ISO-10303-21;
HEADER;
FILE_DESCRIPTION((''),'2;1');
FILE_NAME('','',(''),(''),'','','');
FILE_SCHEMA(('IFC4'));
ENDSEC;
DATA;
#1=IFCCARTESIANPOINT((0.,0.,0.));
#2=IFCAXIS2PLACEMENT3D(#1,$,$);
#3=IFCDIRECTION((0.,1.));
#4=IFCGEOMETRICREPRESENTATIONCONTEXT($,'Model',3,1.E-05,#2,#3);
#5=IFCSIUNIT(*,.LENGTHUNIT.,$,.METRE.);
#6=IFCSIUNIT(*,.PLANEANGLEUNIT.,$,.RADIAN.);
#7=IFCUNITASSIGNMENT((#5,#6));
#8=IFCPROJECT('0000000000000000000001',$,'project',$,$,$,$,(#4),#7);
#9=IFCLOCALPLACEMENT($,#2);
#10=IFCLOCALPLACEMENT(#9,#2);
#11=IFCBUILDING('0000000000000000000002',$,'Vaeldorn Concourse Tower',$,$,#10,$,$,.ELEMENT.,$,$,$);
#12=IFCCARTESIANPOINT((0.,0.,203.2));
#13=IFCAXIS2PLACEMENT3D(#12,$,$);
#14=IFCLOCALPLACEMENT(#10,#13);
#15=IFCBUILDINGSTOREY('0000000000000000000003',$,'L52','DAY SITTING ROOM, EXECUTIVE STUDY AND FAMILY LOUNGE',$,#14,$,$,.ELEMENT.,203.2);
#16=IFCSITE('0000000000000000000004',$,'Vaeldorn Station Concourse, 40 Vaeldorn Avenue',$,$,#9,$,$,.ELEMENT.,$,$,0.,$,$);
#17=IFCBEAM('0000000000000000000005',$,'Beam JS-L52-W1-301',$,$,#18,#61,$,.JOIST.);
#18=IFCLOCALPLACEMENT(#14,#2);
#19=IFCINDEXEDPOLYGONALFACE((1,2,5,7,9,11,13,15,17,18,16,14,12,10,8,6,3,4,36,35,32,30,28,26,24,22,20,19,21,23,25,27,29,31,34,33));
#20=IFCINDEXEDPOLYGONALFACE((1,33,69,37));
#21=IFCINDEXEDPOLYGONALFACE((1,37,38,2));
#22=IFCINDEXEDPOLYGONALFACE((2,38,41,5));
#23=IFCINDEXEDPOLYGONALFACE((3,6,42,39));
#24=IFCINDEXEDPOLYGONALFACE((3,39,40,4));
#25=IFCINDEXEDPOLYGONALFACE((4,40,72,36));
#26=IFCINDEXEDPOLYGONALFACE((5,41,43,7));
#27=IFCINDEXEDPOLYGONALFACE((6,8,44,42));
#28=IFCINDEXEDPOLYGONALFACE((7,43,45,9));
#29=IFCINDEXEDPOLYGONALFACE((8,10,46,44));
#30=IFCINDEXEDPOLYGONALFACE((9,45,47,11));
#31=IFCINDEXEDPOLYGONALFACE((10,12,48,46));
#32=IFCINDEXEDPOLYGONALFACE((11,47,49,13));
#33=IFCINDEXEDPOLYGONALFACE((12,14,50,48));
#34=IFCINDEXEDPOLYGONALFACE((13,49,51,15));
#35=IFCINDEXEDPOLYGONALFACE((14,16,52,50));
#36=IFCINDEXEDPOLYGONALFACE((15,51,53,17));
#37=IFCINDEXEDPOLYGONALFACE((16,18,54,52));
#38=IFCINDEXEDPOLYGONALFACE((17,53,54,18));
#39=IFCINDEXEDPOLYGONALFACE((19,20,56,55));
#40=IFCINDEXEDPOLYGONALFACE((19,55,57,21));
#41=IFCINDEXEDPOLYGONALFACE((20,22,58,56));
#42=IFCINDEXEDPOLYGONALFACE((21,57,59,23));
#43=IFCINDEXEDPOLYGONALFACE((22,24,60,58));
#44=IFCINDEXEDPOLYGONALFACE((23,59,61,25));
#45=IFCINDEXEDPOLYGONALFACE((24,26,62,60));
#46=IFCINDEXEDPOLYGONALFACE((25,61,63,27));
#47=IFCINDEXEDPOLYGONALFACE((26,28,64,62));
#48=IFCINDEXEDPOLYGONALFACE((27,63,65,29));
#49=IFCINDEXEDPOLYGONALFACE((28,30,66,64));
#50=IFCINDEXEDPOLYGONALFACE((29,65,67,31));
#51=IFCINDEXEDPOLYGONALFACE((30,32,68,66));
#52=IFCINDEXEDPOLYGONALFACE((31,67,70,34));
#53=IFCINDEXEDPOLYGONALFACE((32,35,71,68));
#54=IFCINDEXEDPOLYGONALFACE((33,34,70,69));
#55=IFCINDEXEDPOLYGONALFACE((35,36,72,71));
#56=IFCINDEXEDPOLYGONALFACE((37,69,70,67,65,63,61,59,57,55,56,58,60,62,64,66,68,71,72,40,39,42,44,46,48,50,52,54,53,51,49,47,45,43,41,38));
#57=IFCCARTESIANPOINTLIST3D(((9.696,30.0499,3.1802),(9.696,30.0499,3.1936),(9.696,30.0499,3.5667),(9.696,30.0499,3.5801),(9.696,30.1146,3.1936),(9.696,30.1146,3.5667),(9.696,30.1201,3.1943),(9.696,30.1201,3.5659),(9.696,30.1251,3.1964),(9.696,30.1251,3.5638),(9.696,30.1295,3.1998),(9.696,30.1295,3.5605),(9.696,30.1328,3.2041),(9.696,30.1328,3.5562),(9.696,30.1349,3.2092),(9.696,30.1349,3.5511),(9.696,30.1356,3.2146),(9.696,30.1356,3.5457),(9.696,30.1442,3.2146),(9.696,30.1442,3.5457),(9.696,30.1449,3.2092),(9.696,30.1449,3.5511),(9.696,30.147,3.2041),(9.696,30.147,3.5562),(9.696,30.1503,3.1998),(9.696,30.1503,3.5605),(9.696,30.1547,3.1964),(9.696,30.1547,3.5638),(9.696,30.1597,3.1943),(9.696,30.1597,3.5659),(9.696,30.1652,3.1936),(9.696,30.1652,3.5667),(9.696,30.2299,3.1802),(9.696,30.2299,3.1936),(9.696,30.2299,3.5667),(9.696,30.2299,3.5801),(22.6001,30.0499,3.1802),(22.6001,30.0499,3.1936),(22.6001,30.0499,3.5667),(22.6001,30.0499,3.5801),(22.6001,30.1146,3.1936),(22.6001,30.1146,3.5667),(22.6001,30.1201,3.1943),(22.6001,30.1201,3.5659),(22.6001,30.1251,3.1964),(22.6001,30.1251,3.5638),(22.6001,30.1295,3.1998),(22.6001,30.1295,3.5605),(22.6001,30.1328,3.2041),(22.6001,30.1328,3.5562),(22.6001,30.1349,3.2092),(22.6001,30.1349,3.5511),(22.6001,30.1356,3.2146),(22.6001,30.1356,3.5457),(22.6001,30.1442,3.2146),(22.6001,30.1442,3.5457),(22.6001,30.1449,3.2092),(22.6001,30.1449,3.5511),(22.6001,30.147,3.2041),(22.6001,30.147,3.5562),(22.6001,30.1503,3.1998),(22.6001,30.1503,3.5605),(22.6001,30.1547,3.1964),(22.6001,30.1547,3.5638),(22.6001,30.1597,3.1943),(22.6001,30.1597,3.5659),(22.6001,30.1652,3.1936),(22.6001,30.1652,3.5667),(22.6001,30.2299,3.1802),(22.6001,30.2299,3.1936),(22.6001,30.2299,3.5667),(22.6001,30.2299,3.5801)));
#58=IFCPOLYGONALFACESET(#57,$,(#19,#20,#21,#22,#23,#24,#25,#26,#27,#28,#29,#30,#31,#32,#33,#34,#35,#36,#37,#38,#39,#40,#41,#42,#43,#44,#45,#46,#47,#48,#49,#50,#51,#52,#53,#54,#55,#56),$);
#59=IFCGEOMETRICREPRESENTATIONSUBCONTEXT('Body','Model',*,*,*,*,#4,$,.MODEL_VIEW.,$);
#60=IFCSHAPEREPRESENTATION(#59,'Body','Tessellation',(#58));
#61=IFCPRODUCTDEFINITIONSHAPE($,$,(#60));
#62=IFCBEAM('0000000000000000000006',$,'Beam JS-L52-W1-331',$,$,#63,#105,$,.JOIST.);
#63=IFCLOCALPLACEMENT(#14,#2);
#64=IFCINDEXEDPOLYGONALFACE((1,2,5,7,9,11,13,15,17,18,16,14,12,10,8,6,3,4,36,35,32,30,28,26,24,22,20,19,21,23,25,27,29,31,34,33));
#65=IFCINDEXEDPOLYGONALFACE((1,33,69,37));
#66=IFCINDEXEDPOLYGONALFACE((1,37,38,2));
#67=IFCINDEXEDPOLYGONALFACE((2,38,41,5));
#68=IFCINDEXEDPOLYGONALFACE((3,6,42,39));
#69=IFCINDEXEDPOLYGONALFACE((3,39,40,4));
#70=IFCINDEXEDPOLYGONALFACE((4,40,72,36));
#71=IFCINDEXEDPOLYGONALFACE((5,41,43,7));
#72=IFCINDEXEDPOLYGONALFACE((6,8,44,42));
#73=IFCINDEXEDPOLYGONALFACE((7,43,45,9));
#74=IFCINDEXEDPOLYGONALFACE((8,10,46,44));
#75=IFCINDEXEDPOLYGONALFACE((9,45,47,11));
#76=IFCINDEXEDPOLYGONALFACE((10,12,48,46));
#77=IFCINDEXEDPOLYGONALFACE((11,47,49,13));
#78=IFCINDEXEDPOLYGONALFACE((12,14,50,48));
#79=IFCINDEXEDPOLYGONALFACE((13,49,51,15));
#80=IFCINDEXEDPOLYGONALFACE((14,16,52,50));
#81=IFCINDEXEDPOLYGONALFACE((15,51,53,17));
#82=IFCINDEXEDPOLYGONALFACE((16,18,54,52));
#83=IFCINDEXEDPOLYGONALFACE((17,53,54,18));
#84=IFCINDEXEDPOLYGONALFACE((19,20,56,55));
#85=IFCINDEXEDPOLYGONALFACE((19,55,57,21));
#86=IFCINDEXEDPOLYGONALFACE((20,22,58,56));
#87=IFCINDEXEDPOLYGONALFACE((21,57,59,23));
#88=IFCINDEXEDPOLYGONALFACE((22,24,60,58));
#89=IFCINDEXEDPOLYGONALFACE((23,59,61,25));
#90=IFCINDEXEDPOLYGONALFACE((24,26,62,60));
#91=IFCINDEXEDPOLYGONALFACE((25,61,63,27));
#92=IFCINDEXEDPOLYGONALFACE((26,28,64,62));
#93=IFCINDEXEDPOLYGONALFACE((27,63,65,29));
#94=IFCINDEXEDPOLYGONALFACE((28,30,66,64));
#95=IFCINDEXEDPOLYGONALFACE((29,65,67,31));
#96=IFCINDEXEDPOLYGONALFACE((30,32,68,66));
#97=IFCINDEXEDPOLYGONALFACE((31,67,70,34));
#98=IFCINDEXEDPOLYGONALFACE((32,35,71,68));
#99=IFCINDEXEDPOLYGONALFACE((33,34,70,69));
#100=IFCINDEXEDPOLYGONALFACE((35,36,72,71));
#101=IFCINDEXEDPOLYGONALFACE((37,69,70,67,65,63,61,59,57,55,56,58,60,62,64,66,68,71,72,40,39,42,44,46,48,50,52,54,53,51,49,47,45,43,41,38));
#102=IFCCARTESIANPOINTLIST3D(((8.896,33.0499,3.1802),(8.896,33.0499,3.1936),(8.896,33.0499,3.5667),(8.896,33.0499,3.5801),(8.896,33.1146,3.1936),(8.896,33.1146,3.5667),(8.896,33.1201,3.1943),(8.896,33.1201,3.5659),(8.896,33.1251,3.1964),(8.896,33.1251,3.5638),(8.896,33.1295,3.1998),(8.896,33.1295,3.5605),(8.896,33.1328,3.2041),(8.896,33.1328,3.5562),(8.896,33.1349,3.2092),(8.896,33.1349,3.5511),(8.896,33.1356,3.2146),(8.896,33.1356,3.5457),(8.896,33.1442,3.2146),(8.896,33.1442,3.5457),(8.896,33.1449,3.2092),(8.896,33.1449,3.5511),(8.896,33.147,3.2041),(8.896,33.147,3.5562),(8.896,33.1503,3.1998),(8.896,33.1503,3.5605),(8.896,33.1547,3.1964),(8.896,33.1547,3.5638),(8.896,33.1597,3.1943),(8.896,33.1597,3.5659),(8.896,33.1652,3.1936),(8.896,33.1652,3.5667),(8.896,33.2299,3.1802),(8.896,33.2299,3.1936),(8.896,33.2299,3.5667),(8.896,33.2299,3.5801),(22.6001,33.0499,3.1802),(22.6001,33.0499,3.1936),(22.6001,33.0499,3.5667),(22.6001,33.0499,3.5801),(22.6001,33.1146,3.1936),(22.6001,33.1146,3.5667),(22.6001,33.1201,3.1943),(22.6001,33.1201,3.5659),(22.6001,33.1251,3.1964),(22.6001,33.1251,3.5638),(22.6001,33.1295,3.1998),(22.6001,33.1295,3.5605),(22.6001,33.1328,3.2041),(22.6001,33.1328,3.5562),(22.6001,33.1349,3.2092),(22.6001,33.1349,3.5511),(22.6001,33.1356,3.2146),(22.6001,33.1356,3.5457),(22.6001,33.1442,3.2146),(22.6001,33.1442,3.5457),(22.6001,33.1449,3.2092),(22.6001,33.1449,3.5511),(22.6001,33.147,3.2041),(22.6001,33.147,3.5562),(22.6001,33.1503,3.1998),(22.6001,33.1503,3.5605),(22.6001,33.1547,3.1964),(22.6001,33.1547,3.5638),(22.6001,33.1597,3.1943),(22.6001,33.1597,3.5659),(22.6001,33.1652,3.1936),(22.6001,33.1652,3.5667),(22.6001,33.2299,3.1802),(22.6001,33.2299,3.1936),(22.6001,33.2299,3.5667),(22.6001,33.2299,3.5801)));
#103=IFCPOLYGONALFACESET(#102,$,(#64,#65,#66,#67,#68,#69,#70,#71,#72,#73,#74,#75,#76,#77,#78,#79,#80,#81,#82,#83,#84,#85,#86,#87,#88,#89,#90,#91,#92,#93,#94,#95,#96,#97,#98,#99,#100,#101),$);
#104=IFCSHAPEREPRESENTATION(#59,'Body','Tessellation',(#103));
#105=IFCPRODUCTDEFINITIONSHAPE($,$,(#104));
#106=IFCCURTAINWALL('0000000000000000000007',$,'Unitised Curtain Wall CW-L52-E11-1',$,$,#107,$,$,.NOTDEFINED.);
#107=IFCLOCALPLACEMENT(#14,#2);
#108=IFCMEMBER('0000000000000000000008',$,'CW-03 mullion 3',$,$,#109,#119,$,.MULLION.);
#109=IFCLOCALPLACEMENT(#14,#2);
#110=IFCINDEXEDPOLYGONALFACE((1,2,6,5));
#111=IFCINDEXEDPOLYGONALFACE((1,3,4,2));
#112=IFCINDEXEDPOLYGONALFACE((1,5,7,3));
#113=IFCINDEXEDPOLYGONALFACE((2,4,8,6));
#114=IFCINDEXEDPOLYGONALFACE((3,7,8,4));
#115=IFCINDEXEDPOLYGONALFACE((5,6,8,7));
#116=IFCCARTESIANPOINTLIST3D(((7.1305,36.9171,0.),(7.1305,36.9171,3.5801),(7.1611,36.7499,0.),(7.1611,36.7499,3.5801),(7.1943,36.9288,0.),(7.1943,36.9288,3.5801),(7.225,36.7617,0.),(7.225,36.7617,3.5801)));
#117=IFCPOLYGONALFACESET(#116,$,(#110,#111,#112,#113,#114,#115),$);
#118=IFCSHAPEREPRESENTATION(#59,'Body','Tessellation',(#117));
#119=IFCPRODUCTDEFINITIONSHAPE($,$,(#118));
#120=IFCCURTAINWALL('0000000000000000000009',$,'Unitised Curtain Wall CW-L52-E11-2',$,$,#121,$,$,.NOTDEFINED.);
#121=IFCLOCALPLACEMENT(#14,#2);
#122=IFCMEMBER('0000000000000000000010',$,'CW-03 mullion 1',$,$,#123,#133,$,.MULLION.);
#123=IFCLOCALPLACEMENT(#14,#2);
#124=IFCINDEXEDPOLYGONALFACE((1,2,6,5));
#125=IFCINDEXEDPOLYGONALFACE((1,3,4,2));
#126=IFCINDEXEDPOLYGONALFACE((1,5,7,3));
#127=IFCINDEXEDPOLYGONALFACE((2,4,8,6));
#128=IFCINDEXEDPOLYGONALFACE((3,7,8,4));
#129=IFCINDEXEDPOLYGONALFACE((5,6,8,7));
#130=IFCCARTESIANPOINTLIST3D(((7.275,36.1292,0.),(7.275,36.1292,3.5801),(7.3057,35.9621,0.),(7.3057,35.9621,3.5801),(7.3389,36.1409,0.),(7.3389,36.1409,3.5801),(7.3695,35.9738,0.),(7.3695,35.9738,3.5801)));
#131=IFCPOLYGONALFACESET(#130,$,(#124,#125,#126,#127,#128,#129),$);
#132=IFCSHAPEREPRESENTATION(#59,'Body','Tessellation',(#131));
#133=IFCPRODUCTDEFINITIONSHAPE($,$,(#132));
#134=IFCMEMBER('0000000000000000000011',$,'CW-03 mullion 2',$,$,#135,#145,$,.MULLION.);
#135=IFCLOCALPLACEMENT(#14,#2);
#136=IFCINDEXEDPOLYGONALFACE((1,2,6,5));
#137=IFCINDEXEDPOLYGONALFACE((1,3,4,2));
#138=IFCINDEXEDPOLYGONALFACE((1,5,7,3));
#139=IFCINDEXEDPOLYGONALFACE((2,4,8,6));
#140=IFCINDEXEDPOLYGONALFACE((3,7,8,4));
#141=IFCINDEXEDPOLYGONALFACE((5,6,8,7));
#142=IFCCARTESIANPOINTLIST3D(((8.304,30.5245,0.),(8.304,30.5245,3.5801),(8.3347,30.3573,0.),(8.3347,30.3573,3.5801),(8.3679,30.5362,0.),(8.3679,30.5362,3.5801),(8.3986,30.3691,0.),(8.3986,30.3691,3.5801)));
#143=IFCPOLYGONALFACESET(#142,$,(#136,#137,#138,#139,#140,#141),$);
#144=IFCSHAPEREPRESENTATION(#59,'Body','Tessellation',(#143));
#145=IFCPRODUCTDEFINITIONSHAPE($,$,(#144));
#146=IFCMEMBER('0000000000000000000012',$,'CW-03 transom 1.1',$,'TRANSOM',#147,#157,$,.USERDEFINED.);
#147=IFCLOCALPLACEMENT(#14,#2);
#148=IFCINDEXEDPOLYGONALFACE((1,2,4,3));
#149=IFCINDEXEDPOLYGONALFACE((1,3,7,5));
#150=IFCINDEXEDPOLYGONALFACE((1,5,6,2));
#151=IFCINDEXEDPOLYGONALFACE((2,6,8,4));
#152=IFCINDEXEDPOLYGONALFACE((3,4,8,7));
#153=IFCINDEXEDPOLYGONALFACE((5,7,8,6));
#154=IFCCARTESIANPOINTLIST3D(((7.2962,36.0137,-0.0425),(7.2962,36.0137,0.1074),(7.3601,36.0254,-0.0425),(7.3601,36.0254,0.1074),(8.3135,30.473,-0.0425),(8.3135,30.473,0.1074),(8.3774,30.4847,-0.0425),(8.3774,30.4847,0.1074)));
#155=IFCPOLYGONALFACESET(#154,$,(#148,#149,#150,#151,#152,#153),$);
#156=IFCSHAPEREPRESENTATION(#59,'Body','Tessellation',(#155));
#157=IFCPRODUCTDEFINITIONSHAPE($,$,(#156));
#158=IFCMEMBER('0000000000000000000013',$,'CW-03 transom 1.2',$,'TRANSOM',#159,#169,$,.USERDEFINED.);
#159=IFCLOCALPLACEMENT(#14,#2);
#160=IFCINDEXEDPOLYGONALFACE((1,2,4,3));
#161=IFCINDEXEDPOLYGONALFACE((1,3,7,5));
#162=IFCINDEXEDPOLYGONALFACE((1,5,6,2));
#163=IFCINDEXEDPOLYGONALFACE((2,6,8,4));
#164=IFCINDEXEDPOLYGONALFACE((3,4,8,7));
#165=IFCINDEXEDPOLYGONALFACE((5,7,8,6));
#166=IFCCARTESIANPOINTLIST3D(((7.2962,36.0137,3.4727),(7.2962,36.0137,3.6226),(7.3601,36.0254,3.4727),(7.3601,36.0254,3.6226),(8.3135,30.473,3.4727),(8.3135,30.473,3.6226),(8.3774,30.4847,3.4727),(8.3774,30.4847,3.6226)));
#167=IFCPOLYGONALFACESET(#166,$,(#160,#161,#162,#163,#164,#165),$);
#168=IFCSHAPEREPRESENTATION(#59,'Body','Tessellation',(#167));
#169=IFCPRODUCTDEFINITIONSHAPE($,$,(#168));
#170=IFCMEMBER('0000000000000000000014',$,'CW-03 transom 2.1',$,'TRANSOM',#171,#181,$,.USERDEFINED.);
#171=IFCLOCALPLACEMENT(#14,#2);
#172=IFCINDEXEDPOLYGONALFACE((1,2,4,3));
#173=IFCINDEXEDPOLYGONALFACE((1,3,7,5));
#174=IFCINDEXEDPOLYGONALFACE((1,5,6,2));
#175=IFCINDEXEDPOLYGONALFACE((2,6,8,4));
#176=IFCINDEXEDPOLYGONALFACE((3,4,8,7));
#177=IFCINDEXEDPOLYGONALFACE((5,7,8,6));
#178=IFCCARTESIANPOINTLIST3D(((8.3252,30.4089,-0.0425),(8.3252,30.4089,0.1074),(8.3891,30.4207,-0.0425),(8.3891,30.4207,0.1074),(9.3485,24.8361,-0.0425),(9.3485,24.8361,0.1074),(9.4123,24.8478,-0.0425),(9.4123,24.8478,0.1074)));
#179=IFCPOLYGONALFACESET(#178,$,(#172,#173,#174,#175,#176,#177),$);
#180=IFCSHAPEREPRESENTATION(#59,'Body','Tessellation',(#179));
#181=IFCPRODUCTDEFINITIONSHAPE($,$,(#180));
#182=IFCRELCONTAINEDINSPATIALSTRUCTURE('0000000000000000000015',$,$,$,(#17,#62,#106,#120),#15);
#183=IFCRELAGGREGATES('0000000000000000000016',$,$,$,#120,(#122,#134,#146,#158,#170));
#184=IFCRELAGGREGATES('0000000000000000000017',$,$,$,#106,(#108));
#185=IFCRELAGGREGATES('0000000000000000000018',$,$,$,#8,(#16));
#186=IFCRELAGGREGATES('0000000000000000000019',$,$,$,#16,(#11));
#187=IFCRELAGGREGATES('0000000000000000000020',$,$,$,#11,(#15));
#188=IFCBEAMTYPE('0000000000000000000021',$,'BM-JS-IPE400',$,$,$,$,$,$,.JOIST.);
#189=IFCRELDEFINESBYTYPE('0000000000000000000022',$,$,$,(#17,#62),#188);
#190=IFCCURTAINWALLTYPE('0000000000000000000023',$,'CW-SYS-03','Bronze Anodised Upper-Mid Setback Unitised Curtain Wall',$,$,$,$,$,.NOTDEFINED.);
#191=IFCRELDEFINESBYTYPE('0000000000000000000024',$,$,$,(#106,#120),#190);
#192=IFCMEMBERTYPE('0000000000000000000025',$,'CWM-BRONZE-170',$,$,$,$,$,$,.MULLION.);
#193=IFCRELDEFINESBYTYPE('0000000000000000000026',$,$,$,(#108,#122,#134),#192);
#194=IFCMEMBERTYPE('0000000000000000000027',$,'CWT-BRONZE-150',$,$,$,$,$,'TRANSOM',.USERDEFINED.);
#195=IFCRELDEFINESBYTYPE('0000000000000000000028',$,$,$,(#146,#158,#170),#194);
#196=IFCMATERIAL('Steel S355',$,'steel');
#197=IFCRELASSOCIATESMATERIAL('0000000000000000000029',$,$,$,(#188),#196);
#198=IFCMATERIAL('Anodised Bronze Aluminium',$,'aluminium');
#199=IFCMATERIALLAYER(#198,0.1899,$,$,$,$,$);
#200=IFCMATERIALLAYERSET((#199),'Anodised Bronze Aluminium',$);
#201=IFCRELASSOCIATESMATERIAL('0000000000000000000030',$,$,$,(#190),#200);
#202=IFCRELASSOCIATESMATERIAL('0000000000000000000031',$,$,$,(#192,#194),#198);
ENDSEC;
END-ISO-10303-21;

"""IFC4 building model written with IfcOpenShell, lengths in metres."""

from ifc_helpers import new_model, si_unit, direction, frame, origin, origin_2d, place, context, subcontext, project, spatial, rectangle, i_section, extrude, source, transform, mapped, material, layer, layer_set, material_profile, profile_set, type_object, element, aggregate, save


model = new_model("IFC4")

# Units and contexts
model_context = context("Model", 3, precision=1e-05, world=origin(), true_north=direction((0.0, 1.0)))
body_context = subcontext(model_context, "Body", "Model", "MODEL_VIEW")
ifc_project = project(units=[si_unit("LENGTHUNIT", "METRE"), si_unit("PLANEANGLEUNIT", "RADIAN")], contexts=[model_context])

# Site, building, storey
site_placement = place(None, origin())
site = spatial("IfcSite", under=ifc_project, at=site_placement, Name="Vaeldorn Station Concourse, 40 Vaeldorn Avenue", CompositionType="ELEMENT", RefElevation=0.0)
building_placement = place(site_placement, origin())
building = spatial("IfcBuilding", under=site, at=building_placement, Name="Vaeldorn Concourse Tower", CompositionType="ELEMENT")
storey_placement = place(building_placement, frame((0.0, 0.0, 203.2)))
storey = spatial("IfcBuildingStorey", under=building, at=storey_placement, Name="L52", Description="DAY SITTING ROOM, EXECUTIVE STUDY AND FAMILY LOUNGE", CompositionType="ELEMENT", Elevation=203.2)

# Beams
ifc_material_1 = material(Name="Steel S355", Category="steel")
ifc_material_profile_1 = material_profile(ifc_material_1, i_section(OverallWidth=0.1799, OverallDepth=0.3999, WebThickness=0.0085, FlangeThickness=0.0134, FilletRadius=0.021, at=origin_2d()), Name="IPE 400")
ifc_profile_set_1 = profile_set([ifc_material_profile_1], Name="Steel S355")
beam_type_1 = type_object("IfcBeamType", Name="BM-JS-IPE400", PredefinedType="JOIST", material=ifc_profile_set_1)
shared_shape_1 = source(origin(), body_context, "Body", "SweptSolid", [
    extrude(i_section(OverallWidth=0.1799, OverallDepth=0.3999, WebThickness=0.0085, FlangeThickness=0.0134, FilletRadius=0.021, at=origin_2d()), origin(), (0.0, 0.0, 1.0), 12.9041),
])
beam_1_placement = place(storey_placement, frame((9.696, 30.1399, 3.3801), z_axis=(1.0, 0.0, 0.0), x_axis=(0.0, 1.0, 0.0)))
element("IfcBeam", 1, at=beam_1_placement, inside=storey, type_object=beam_type_1, Name="Beam JS-L52-W1-301", PredefinedType="JOIST", context=body_context, shape_type="MappedRepresentation", body=[
    mapped(shared_shape_1, transform((0.0, 0.0, 0.0), scale=1.0)),
])
shared_shape_2 = source(origin(), body_context, "Body", "SweptSolid", [
    extrude(i_section(OverallWidth=0.1799, OverallDepth=0.3999, WebThickness=0.0085, FlangeThickness=0.0134, FilletRadius=0.021, at=origin_2d()), origin(), (0.0, 0.0, 1.0), 13.7041),
])
beam_2_placement = place(storey_placement, frame((8.896, 33.1399, 3.3801), z_axis=(1.0, 0.0, 0.0), x_axis=(0.0, 1.0, 0.0)))
element("IfcBeam", 2, at=beam_2_placement, inside=storey, type_object=beam_type_1, Name="Beam JS-L52-W1-331", PredefinedType="JOIST", context=body_context, shape_type="MappedRepresentation", body=[
    mapped(shared_shape_2, transform((0.0, 0.0, 0.0), scale=1.0)),
])

# Curtain wall, member
ifc_material_2 = material(Name="Anodised Bronze Aluminium", Category="aluminium")
ifc_layer_1 = layer(ifc_material_2, 0.1899)
ifc_layer_set_1 = layer_set([ifc_layer_1], Name="Anodised Bronze Aluminium")
curtain_wall_type = type_object("IfcCurtainWallType", Name="CW-SYS-03", Description="Bronze Anodised Upper-Mid Setback Unitised Curtain Wall", PredefinedType="NOTDEFINED", material=ifc_layer_set_1)
curtain_wall_1_placement = place(storey_placement, origin())
curtain_wall_1 = element("IfcCurtainWall", 3, at=curtain_wall_1_placement, inside=storey, type_object=curtain_wall_type, Name="Unitised Curtain Wall CW-L52-E11-1", PredefinedType="NOTDEFINED")
ifc_material_profile_2 = material_profile(ifc_material_2, rectangle(XDim=0.0649, YDim=0.1699, at=origin_2d()), Name="CWM 65x170")
ifc_profile_set_2 = profile_set([ifc_material_profile_2], Name="Anodised Bronze Aluminium")
member_type_1 = type_object("IfcMemberType", Name="CWM-BRONZE-170", PredefinedType="MULLION", material=ifc_profile_set_2)
shared_shape_3 = source(origin(), body_context, "Body", "SweptSolid", [
    extrude(rectangle(XDim=0.0649, YDim=0.1699, at=origin_2d()), origin(), (0.0, 0.0, 1.0), 3.5801),
])
member_1_placement = place(storey_placement, frame((7.1777, 36.8394, 0.0), z_axis=(0.0, 0.0, 1.0), x_axis=(0.983559, 0.180585, 0.0)))
member_1 = element("IfcMember", 4, at=member_1_placement, type_object=member_type_1, Name="CW-03 mullion 3", PredefinedType="MULLION", context=body_context, shape_type="MappedRepresentation", body=[
    mapped(shared_shape_3, transform((0.0, 0.0, 0.0), scale=1.0)),
])

# Curtain wall, members
curtain_wall_2_placement = place(storey_placement, origin())
curtain_wall_2 = element("IfcCurtainWall", 5, at=curtain_wall_2_placement, inside=storey, type_object=curtain_wall_type, Name="Unitised Curtain Wall CW-L52-E11-2", PredefinedType="NOTDEFINED")
member_2_placement = place(storey_placement, frame((7.3223, 36.0515, 0.0), z_axis=(0.0, 0.0, 1.0), x_axis=(0.983559, 0.180585, 0.0)))
member_2 = element("IfcMember", 6, at=member_2_placement, type_object=member_type_1, Name="CW-03 mullion 1", PredefinedType="MULLION", context=body_context, shape_type="MappedRepresentation", body=[
    mapped(shared_shape_3, transform((0.0, 0.0, 0.0), scale=1.0)),
])
member_3_placement = place(storey_placement, frame((8.3513, 30.4468, 0.0), z_axis=(0.0, 0.0, 1.0), x_axis=(0.983559, 0.180585, 0.0)))
member_3 = element("IfcMember", 7, at=member_3_placement, type_object=member_type_1, Name="CW-03 mullion 2", PredefinedType="MULLION", context=body_context, shape_type="MappedRepresentation", body=[
    mapped(shared_shape_3, transform((0.0, 0.0, 0.0), scale=1.0)),
])
ifc_material_profile_3 = material_profile(ifc_material_2, rectangle(XDim=0.0649, YDim=0.1499, at=origin_2d()), Name="CWT 65x150")
ifc_profile_set_3 = profile_set([ifc_material_profile_3], Name="Anodised Bronze Aluminium")
member_type_2 = type_object("IfcMemberType", Name="CWT-BRONZE-150", ElementType="TRANSOM", PredefinedType="USERDEFINED", material=ifc_profile_set_3)
shared_shape_4 = source(origin(), body_context, "Body", "SweptSolid", [
    extrude(rectangle(XDim=0.0649, YDim=0.1499, at=origin_2d()), origin(), (0.0, 0.0, 1.0), 5.6333),
])
member_4_placement = place(storey_placement, frame((7.3281, 36.0195, 0.0325), z_axis=(0.18059, -0.983558, 0.0), x_axis=(0.983558, 0.18059, 0.0)))
member_4 = element("IfcMember", 8, at=member_4_placement, type_object=member_type_2, Name="CW-03 transom 1.1", ObjectType="TRANSOM", PredefinedType="USERDEFINED", context=body_context, shape_type="MappedRepresentation", body=[
    mapped(shared_shape_4, transform((0.0, 0.0, 0.0), scale=1.0)),
])
member_5_placement = place(storey_placement, frame((7.3281, 36.0195, 3.5476), z_axis=(0.18059, -0.983558, 0.0), x_axis=(0.983558, 0.18059, 0.0)))
member_5 = element("IfcMember", 9, at=member_5_placement, type_object=member_type_2, Name="CW-03 transom 1.2", ObjectType="TRANSOM", PredefinedType="USERDEFINED", context=body_context, shape_type="MappedRepresentation", body=[
    mapped(shared_shape_4, transform((0.0, 0.0, 0.0), scale=1.0)),
])
shared_shape_5 = source(origin(), body_context, "Body", "SweptSolid", [
    extrude(rectangle(XDim=0.0649, YDim=0.1499, at=origin_2d()), origin(), (0.0, 0.0, 1.0), 5.666),
])
member_6_placement = place(storey_placement, frame((8.3572, 30.4148, 0.0325), z_axis=(0.180588, -0.983559, 0.0), x_axis=(0.983559, 0.180588, 0.0)))
member_6 = element("IfcMember", 10, at=member_6_placement, type_object=member_type_2, Name="CW-03 transom 2.1", ObjectType="TRANSOM", PredefinedType="USERDEFINED", context=body_context, shape_type="MappedRepresentation", body=[
    mapped(shared_shape_5, transform((0.0, 0.0, 0.0), scale=1.0)),
])
aggregate(curtain_wall_2, [member_2, member_3, member_4, member_5, member_6])

aggregate(curtain_wall_1, [member_1])

save(model, "model.ifc")
